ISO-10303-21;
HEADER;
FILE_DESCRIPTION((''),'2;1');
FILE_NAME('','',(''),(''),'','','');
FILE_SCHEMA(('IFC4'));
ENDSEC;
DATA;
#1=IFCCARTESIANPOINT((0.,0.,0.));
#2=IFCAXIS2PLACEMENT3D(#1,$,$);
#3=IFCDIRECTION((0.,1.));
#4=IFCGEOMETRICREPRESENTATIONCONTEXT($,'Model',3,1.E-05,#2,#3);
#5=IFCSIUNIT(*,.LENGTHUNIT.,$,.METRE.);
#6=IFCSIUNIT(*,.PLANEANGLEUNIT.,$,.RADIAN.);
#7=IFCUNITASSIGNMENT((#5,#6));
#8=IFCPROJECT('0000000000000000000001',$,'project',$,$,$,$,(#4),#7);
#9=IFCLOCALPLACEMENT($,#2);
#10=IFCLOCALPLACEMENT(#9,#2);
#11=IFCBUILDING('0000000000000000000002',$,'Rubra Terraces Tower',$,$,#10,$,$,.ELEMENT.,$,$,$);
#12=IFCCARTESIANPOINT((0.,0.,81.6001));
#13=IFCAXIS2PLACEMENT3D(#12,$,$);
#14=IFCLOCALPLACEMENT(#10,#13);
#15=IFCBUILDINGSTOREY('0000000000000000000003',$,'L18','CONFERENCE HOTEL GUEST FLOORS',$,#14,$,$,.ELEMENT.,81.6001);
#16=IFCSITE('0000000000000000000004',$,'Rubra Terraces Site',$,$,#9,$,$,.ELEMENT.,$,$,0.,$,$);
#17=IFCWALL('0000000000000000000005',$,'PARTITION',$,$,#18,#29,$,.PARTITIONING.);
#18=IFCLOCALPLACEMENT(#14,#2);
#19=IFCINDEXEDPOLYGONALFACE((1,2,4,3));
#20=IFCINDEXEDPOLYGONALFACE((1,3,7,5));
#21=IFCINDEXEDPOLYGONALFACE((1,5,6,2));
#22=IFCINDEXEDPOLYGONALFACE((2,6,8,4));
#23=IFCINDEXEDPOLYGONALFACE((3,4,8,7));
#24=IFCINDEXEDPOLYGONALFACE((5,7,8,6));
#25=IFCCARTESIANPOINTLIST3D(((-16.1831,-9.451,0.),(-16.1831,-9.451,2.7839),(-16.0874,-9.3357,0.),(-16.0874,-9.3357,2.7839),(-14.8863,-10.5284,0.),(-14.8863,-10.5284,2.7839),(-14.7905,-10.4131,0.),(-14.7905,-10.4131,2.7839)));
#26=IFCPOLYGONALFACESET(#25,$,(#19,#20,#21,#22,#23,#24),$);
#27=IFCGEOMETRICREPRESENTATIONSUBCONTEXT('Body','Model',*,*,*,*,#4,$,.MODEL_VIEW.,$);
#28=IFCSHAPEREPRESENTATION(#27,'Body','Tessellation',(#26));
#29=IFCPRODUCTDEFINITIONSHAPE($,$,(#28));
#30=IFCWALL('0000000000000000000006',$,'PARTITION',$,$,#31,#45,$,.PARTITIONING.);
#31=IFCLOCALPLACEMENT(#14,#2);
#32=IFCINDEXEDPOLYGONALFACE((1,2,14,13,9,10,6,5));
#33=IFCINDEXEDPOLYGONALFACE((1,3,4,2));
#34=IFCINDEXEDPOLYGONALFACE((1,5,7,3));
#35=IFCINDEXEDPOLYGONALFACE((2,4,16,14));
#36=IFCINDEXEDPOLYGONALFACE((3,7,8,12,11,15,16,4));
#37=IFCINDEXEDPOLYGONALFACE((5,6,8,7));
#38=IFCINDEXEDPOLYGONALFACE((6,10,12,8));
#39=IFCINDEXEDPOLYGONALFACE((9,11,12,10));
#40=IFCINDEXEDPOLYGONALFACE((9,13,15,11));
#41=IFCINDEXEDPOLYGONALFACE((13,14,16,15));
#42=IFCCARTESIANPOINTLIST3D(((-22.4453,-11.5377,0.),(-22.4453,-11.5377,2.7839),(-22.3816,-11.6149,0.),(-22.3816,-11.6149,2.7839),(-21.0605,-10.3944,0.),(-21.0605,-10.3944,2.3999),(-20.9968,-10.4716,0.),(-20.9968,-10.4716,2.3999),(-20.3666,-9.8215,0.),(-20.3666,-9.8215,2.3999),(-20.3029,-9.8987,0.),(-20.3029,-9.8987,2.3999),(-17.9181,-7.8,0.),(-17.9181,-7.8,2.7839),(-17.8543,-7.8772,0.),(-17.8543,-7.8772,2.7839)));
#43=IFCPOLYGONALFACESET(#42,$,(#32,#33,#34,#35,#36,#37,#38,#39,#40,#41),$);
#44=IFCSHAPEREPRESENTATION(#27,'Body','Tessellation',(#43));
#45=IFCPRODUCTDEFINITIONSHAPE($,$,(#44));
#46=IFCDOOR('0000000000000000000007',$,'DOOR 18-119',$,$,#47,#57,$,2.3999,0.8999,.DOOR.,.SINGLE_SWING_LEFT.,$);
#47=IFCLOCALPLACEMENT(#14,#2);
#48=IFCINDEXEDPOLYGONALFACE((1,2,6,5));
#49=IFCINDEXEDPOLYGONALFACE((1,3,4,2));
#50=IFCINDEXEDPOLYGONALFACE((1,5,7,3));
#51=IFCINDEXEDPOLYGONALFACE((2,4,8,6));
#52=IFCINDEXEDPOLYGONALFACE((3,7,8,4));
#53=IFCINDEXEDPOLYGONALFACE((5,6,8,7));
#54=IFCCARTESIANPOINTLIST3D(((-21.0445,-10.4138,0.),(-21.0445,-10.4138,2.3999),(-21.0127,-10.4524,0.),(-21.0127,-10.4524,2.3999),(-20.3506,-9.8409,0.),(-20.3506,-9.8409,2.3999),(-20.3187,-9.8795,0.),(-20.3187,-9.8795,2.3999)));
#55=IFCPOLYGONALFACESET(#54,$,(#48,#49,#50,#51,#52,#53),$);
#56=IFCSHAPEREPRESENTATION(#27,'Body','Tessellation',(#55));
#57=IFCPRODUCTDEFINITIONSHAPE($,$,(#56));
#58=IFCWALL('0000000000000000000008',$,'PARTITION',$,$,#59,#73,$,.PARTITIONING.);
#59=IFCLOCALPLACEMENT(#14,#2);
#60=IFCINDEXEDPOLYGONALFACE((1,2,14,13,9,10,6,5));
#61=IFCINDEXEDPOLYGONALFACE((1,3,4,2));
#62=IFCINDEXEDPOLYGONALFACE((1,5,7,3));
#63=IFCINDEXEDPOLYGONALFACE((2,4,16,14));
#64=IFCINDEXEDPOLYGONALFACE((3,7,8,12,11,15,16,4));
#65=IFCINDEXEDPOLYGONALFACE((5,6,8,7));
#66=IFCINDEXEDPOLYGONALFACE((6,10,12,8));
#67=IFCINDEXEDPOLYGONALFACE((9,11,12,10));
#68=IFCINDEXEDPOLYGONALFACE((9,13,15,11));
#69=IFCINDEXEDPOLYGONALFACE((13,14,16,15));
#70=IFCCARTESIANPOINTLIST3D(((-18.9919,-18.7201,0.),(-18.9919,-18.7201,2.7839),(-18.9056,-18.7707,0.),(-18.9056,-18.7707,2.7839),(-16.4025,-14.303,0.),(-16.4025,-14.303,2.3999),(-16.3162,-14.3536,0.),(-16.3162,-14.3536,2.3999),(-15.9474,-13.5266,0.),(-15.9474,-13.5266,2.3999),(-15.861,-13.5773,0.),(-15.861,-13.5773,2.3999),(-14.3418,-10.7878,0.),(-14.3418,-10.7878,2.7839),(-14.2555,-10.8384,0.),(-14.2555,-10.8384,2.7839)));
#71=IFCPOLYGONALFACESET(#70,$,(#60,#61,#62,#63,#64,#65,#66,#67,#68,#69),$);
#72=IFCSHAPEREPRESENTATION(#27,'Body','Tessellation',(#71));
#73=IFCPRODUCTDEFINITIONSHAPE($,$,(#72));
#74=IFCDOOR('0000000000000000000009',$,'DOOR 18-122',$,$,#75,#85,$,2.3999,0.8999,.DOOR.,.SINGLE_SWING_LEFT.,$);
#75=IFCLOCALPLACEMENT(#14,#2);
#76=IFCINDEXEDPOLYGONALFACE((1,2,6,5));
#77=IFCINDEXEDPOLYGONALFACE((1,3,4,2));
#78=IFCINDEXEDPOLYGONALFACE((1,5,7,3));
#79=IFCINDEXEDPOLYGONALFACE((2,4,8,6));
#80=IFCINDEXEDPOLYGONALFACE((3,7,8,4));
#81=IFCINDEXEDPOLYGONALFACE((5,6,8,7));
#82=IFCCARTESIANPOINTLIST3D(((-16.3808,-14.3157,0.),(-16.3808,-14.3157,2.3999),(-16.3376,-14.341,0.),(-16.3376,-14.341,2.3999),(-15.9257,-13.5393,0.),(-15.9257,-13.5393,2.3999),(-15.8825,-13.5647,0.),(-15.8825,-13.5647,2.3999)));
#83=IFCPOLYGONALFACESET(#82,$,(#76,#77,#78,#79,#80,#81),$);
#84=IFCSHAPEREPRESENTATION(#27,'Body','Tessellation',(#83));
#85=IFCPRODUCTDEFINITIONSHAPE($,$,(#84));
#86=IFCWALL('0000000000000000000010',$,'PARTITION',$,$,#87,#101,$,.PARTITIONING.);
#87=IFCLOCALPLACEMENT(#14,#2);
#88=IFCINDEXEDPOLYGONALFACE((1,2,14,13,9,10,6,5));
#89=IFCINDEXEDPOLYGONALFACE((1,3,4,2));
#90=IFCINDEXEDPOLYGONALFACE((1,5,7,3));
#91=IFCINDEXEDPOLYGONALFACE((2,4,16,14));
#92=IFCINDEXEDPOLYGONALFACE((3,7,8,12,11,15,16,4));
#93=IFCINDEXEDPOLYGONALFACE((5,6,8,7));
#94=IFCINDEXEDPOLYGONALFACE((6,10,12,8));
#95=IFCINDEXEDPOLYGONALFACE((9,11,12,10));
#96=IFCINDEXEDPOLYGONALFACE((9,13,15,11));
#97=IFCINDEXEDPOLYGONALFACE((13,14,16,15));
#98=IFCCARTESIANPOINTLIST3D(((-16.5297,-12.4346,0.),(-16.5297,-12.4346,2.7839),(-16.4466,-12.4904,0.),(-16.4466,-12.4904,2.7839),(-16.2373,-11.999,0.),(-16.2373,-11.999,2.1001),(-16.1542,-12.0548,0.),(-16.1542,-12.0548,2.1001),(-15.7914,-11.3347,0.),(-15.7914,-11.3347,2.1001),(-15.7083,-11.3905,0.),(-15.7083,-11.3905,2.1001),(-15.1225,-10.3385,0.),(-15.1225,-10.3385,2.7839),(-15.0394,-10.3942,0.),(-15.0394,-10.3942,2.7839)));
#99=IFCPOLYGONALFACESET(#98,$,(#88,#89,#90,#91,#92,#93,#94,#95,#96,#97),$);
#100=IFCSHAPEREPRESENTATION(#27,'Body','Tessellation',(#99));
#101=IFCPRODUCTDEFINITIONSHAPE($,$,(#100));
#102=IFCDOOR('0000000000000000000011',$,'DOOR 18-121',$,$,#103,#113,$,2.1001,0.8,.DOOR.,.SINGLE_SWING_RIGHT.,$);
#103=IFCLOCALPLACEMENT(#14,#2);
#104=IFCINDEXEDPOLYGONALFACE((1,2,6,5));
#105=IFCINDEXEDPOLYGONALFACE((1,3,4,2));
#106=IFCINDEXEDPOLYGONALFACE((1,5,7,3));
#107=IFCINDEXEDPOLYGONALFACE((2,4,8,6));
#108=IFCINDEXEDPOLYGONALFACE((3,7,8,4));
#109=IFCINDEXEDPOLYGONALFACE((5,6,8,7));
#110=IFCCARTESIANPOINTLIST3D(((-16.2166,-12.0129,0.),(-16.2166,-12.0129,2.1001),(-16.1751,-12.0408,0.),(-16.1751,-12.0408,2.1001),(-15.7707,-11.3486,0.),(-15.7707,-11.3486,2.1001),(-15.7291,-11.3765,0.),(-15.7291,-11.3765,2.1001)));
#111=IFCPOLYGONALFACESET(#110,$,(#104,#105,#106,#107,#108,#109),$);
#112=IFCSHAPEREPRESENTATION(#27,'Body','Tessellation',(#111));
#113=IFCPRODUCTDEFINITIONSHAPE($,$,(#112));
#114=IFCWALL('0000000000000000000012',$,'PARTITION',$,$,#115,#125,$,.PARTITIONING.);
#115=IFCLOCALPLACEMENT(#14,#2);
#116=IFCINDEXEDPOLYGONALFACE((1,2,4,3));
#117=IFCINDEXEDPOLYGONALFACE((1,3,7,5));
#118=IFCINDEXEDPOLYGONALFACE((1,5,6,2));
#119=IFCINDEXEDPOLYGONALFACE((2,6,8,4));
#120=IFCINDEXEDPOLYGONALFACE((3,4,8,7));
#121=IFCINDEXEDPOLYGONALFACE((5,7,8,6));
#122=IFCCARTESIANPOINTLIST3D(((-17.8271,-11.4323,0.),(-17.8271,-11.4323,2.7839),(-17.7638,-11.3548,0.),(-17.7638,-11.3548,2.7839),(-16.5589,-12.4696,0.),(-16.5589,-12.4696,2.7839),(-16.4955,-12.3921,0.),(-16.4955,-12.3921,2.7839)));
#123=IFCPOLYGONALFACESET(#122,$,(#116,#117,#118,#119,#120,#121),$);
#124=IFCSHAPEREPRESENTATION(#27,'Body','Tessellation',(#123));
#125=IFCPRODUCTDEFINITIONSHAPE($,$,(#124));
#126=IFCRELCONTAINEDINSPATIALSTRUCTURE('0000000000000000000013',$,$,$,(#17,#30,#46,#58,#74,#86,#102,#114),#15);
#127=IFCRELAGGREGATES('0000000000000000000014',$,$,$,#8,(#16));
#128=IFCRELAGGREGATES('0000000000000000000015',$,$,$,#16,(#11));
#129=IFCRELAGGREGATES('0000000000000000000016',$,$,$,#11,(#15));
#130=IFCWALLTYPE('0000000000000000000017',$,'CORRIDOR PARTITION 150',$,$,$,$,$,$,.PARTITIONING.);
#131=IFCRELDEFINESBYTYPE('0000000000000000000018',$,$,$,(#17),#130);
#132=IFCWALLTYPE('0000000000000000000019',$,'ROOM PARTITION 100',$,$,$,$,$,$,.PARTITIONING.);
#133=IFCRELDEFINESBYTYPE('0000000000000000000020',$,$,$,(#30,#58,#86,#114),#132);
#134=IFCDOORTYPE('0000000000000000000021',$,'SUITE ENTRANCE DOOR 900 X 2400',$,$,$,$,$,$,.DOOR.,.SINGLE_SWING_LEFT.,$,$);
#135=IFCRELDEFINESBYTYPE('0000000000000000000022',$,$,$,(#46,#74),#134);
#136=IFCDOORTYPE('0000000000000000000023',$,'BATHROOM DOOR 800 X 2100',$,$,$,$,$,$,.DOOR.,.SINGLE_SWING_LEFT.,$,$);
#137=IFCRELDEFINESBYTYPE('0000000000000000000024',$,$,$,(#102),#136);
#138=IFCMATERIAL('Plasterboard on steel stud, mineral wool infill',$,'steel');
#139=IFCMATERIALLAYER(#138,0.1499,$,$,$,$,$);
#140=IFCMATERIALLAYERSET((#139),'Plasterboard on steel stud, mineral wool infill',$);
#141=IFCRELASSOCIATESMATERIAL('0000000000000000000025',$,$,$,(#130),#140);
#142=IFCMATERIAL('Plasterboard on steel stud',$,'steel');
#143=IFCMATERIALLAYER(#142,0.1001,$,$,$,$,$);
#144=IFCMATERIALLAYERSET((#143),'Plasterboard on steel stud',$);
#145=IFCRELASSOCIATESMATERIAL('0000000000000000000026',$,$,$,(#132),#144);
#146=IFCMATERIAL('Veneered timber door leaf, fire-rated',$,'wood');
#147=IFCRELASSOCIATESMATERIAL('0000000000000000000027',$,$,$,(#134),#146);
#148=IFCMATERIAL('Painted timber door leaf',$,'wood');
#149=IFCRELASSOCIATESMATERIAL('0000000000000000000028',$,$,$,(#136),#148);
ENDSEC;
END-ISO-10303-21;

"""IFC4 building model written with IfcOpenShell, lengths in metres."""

from ifc_helpers import new_model, si_unit, direction, frame, frame_2d, origin, place, context, subcontext, project, spatial, rectangle, extrude, material, layer, layer_set, type_object, element, fill, save


model = new_model("IFC4")

# Units and contexts
model_context = context("Model", 3, precision=1e-05, world=origin(), true_north=direction((0.0, 1.0)))
body_context = subcontext(model_context, "Body", "Model", "MODEL_VIEW")
ifc_project = project(units=[si_unit("LENGTHUNIT", "METRE"), si_unit("PLANEANGLEUNIT", "RADIAN")], contexts=[model_context])

# Site, building, storey
site_placement = place(None, origin())
site = spatial("IfcSite", under=ifc_project, at=site_placement, Name="Rubra Terraces Site", CompositionType="ELEMENT", RefElevation=0.0)
building_placement = place(site_placement, origin())
building = spatial("IfcBuilding", under=site, at=building_placement, Name="Rubra Terraces Tower", CompositionType="ELEMENT")
storey_placement = place(building_placement, frame((0.0, 0.0, 81.6001)))
storey = spatial("IfcBuildingStorey", under=building, at=storey_placement, Name="L18", Description="CONFERENCE HOTEL GUEST FLOORS", CompositionType="ELEMENT", Elevation=81.6001)

# Wall
ifc_material_1 = material(Name="Plasterboard on steel stud, mineral wool infill", Category="steel")
ifc_layer_1 = layer(ifc_material_1, 0.1499)
ifc_layer_set_1 = layer_set([ifc_layer_1], Name="Plasterboard on steel stud, mineral wool infill")
wall_type_1 = type_object("IfcWallType", Name="CORRIDOR PARTITION 150", PredefinedType="PARTITIONING", material=ifc_layer_set_1)
wall_1_placement = place(storey_placement, frame((-16.1353, -9.3933, 0.0), z_axis=(0.0, 0.0, 1.0), x_axis=(0.769194, -0.639016, 0.0)))
element("IfcWall", 1, at=wall_1_placement, inside=storey, type_object=wall_type_1, Name="PARTITION", PredefinedType="PARTITIONING", context=body_context, shape_type="SweptSolid", body=[
    extrude(rectangle(XDim=1.686, YDim=0.1499, at=frame_2d((0.843, 0.0))), origin(), (0.0, 0.0, 1.0), 2.7839),
])

# Walls, openings, doors
ifc_material_2 = material(Name="Plasterboard on steel stud", Category="steel")
ifc_layer_2 = layer(ifc_material_2, 0.1001)
ifc_layer_set_2 = layer_set([ifc_layer_2], Name="Plasterboard on steel stud")
wall_type_2 = type_object("IfcWallType", Name="ROOM PARTITION 100", PredefinedType="PARTITIONING", material=ifc_layer_set_2)
wall_2_placement = place(storey_placement, frame((-22.4136, -11.5764, 0.0), z_axis=(0.0, 0.0, 1.0), x_axis=(0.771145, 0.63666, 0.0)))
wall_2 = element("IfcWall", 2, at=wall_2_placement, inside=storey, type_object=wall_type_2, Name="PARTITION", PredefinedType="PARTITIONING", context=body_context, shape_type="SweptSolid", body=[
    extrude(rectangle(XDim=5.8708, YDim=0.1001, at=frame_2d((2.9355, 0.0))), origin(), (0.0, 0.0, 1.0), 2.7839),
])
opening_1_placement = place(wall_2_placement, frame((1.7959, 0.0, 0.0)))
opening_1 = element("IfcOpeningElement", 3, at=opening_1_placement, cuts=wall_2, PredefinedType="OPENING", context=body_context, shape_type="SweptSolid", body=[
    extrude(rectangle(XDim=0.8999, YDim=2.3999, at=frame_2d((0.45, 1.2))), frame((0.0, 0.0601, 0.0), z_axis=(0.0, -1.0, 0.0), x_axis=(1.0, 0.0, 0.0)), (0.0, 0.0, 1.0), 0.1201),
])
ifc_material_3 = material(Name="Veneered timber door leaf, fire-rated", Category="wood")
door_type_1 = type_object("IfcDoorType", Name="SUITE ENTRANCE DOOR 900 X 2400", OperationType="SINGLE_SWING_LEFT", PredefinedType="DOOR", material=ifc_material_3)
door_1_placement = place(opening_1_placement, origin())
door_1 = element("IfcDoor", 4, at=door_1_placement, inside=storey, type_object=door_type_1, Name="DOOR 18-119", OperationType="SINGLE_SWING_LEFT", OverallHeight=2.3999, OverallWidth=0.8999, PredefinedType="DOOR", context=body_context, shape_type="SweptSolid", body=[
    extrude(rectangle(XDim=0.8999, YDim=2.3999, at=frame_2d((0.45, 1.2))), frame((0.0, 0.0249, 0.0), z_axis=(0.0, -1.0, 0.0), x_axis=(1.0, 0.0, 0.0)), (0.0, 0.0, 1.0), 0.05),
])
fill(opening_1, door_1)
wall_3_placement = place(storey_placement, frame((-18.9487, -18.7454, 0.0), z_axis=(0.0, 0.0, 1.0), x_axis=(0.50573, 0.862692, 0.0)))
wall_3 = element("IfcWall", 5, at=wall_3_placement, inside=storey, type_object=wall_type_2, Name="PARTITION", PredefinedType="PARTITIONING", context=body_context, shape_type="SweptSolid", body=[
    extrude(rectangle(XDim=9.1948, YDim=0.1001, at=frame_2d((4.5974, 0.0))), origin(), (0.0, 0.0, 1.0), 2.7839),
])
opening_2_placement = place(wall_3_placement, frame((5.1201, 0.0, 0.0)))
opening_2 = element("IfcOpeningElement", 6, at=opening_2_placement, cuts=wall_3, PredefinedType="OPENING", context=body_context, shape_type="SweptSolid", body=[
    extrude(rectangle(XDim=0.8999, YDim=2.3999, at=frame_2d((0.45, 1.2))), frame((0.0, 0.0601, 0.0), z_axis=(0.0, -1.0, 0.0), x_axis=(1.0, 0.0, 0.0)), (0.0, 0.0, 1.0), 0.1201),
])
door_2_placement = place(opening_2_placement, origin())
door_2 = element("IfcDoor", 7, at=door_2_placement, inside=storey, type_object=door_type_1, Name="DOOR 18-122", OperationType="SINGLE_SWING_LEFT", OverallHeight=2.3999, OverallWidth=0.8999, PredefinedType="DOOR", context=body_context, shape_type="SweptSolid", body=[
    extrude(rectangle(XDim=0.8999, YDim=2.3999, at=frame_2d((0.45, 1.2))), frame((0.0, 0.0249, 0.0), z_axis=(0.0, -1.0, 0.0), x_axis=(1.0, 0.0, 0.0)), (0.0, 0.0, 1.0), 0.05),
])
fill(opening_2, door_2)
wall_4_placement = place(storey_placement, frame((-15.0811, -10.3665, 0.0), z_axis=(0.0, 0.0, 1.0), x_axis=(-0.557375, -0.830261, 0.0)))
wall_4 = element("IfcWall", 8, at=wall_4_placement, inside=storey, type_object=wall_type_2, Name="PARTITION", PredefinedType="PARTITIONING", context=body_context, shape_type="SweptSolid", body=[
    extrude(rectangle(XDim=2.5247, YDim=0.1001, at=frame_2d((1.2622, 0.0))), origin(), (0.0, 0.0, 1.0), 2.7839),
])
opening_3_placement = place(wall_4_placement, frame((1.2, 0.0, 0.0)))
opening_3 = element("IfcOpeningElement", 9, at=opening_3_placement, cuts=wall_4, PredefinedType="OPENING", context=body_context, shape_type="SweptSolid", body=[
    extrude(rectangle(XDim=0.8, YDim=2.1001, at=frame_2d((0.3999, 1.05))), frame((0.0, 0.0601, 0.0), z_axis=(0.0, -1.0, 0.0), x_axis=(1.0, 0.0, 0.0)), (0.0, 0.0, 1.0), 0.1201),
])
ifc_material_4 = material(Name="Painted timber door leaf", Category="wood")
door_type_2 = type_object("IfcDoorType", Name="BATHROOM DOOR 800 X 2100", OperationType="SINGLE_SWING_LEFT", PredefinedType="DOOR", material=ifc_material_4)
door_3_placement = place(opening_3_placement, origin())
door_3 = element("IfcDoor", 10, at=door_3_placement, inside=storey, type_object=door_type_2, Name="DOOR 18-121", OperationType="SINGLE_SWING_RIGHT", OverallHeight=2.1001, OverallWidth=0.8, PredefinedType="DOOR", context=body_context, shape_type="SweptSolid", body=[
    extrude(rectangle(XDim=0.8, YDim=2.1001, at=frame_2d((0.3999, 1.05))), frame((0.0, 0.0249, 0.0), z_axis=(0.0, -1.0, 0.0), x_axis=(1.0, 0.0, 0.0)), (0.0, 0.0, 1.0), 0.05),
])
fill(opening_3, door_3)

# Wall
wall_5_placement = place(storey_placement, frame((-16.5271, -12.4309, 0.0), z_axis=(0.0, 0.0, 1.0), x_axis=(-0.774064, 0.633108, 0.0)))
element("IfcWall", 11, at=wall_5_placement, inside=storey, type_object=wall_type_2, Name="PARTITION", PredefinedType="PARTITIONING", context=body_context, shape_type="SweptSolid", body=[
    extrude(rectangle(XDim=1.6384, YDim=0.1001, at=frame_2d((0.8193, 0.0))), origin(), (0.0, 0.0, 1.0), 2.7839),
])

save(model, "model.ifc")
